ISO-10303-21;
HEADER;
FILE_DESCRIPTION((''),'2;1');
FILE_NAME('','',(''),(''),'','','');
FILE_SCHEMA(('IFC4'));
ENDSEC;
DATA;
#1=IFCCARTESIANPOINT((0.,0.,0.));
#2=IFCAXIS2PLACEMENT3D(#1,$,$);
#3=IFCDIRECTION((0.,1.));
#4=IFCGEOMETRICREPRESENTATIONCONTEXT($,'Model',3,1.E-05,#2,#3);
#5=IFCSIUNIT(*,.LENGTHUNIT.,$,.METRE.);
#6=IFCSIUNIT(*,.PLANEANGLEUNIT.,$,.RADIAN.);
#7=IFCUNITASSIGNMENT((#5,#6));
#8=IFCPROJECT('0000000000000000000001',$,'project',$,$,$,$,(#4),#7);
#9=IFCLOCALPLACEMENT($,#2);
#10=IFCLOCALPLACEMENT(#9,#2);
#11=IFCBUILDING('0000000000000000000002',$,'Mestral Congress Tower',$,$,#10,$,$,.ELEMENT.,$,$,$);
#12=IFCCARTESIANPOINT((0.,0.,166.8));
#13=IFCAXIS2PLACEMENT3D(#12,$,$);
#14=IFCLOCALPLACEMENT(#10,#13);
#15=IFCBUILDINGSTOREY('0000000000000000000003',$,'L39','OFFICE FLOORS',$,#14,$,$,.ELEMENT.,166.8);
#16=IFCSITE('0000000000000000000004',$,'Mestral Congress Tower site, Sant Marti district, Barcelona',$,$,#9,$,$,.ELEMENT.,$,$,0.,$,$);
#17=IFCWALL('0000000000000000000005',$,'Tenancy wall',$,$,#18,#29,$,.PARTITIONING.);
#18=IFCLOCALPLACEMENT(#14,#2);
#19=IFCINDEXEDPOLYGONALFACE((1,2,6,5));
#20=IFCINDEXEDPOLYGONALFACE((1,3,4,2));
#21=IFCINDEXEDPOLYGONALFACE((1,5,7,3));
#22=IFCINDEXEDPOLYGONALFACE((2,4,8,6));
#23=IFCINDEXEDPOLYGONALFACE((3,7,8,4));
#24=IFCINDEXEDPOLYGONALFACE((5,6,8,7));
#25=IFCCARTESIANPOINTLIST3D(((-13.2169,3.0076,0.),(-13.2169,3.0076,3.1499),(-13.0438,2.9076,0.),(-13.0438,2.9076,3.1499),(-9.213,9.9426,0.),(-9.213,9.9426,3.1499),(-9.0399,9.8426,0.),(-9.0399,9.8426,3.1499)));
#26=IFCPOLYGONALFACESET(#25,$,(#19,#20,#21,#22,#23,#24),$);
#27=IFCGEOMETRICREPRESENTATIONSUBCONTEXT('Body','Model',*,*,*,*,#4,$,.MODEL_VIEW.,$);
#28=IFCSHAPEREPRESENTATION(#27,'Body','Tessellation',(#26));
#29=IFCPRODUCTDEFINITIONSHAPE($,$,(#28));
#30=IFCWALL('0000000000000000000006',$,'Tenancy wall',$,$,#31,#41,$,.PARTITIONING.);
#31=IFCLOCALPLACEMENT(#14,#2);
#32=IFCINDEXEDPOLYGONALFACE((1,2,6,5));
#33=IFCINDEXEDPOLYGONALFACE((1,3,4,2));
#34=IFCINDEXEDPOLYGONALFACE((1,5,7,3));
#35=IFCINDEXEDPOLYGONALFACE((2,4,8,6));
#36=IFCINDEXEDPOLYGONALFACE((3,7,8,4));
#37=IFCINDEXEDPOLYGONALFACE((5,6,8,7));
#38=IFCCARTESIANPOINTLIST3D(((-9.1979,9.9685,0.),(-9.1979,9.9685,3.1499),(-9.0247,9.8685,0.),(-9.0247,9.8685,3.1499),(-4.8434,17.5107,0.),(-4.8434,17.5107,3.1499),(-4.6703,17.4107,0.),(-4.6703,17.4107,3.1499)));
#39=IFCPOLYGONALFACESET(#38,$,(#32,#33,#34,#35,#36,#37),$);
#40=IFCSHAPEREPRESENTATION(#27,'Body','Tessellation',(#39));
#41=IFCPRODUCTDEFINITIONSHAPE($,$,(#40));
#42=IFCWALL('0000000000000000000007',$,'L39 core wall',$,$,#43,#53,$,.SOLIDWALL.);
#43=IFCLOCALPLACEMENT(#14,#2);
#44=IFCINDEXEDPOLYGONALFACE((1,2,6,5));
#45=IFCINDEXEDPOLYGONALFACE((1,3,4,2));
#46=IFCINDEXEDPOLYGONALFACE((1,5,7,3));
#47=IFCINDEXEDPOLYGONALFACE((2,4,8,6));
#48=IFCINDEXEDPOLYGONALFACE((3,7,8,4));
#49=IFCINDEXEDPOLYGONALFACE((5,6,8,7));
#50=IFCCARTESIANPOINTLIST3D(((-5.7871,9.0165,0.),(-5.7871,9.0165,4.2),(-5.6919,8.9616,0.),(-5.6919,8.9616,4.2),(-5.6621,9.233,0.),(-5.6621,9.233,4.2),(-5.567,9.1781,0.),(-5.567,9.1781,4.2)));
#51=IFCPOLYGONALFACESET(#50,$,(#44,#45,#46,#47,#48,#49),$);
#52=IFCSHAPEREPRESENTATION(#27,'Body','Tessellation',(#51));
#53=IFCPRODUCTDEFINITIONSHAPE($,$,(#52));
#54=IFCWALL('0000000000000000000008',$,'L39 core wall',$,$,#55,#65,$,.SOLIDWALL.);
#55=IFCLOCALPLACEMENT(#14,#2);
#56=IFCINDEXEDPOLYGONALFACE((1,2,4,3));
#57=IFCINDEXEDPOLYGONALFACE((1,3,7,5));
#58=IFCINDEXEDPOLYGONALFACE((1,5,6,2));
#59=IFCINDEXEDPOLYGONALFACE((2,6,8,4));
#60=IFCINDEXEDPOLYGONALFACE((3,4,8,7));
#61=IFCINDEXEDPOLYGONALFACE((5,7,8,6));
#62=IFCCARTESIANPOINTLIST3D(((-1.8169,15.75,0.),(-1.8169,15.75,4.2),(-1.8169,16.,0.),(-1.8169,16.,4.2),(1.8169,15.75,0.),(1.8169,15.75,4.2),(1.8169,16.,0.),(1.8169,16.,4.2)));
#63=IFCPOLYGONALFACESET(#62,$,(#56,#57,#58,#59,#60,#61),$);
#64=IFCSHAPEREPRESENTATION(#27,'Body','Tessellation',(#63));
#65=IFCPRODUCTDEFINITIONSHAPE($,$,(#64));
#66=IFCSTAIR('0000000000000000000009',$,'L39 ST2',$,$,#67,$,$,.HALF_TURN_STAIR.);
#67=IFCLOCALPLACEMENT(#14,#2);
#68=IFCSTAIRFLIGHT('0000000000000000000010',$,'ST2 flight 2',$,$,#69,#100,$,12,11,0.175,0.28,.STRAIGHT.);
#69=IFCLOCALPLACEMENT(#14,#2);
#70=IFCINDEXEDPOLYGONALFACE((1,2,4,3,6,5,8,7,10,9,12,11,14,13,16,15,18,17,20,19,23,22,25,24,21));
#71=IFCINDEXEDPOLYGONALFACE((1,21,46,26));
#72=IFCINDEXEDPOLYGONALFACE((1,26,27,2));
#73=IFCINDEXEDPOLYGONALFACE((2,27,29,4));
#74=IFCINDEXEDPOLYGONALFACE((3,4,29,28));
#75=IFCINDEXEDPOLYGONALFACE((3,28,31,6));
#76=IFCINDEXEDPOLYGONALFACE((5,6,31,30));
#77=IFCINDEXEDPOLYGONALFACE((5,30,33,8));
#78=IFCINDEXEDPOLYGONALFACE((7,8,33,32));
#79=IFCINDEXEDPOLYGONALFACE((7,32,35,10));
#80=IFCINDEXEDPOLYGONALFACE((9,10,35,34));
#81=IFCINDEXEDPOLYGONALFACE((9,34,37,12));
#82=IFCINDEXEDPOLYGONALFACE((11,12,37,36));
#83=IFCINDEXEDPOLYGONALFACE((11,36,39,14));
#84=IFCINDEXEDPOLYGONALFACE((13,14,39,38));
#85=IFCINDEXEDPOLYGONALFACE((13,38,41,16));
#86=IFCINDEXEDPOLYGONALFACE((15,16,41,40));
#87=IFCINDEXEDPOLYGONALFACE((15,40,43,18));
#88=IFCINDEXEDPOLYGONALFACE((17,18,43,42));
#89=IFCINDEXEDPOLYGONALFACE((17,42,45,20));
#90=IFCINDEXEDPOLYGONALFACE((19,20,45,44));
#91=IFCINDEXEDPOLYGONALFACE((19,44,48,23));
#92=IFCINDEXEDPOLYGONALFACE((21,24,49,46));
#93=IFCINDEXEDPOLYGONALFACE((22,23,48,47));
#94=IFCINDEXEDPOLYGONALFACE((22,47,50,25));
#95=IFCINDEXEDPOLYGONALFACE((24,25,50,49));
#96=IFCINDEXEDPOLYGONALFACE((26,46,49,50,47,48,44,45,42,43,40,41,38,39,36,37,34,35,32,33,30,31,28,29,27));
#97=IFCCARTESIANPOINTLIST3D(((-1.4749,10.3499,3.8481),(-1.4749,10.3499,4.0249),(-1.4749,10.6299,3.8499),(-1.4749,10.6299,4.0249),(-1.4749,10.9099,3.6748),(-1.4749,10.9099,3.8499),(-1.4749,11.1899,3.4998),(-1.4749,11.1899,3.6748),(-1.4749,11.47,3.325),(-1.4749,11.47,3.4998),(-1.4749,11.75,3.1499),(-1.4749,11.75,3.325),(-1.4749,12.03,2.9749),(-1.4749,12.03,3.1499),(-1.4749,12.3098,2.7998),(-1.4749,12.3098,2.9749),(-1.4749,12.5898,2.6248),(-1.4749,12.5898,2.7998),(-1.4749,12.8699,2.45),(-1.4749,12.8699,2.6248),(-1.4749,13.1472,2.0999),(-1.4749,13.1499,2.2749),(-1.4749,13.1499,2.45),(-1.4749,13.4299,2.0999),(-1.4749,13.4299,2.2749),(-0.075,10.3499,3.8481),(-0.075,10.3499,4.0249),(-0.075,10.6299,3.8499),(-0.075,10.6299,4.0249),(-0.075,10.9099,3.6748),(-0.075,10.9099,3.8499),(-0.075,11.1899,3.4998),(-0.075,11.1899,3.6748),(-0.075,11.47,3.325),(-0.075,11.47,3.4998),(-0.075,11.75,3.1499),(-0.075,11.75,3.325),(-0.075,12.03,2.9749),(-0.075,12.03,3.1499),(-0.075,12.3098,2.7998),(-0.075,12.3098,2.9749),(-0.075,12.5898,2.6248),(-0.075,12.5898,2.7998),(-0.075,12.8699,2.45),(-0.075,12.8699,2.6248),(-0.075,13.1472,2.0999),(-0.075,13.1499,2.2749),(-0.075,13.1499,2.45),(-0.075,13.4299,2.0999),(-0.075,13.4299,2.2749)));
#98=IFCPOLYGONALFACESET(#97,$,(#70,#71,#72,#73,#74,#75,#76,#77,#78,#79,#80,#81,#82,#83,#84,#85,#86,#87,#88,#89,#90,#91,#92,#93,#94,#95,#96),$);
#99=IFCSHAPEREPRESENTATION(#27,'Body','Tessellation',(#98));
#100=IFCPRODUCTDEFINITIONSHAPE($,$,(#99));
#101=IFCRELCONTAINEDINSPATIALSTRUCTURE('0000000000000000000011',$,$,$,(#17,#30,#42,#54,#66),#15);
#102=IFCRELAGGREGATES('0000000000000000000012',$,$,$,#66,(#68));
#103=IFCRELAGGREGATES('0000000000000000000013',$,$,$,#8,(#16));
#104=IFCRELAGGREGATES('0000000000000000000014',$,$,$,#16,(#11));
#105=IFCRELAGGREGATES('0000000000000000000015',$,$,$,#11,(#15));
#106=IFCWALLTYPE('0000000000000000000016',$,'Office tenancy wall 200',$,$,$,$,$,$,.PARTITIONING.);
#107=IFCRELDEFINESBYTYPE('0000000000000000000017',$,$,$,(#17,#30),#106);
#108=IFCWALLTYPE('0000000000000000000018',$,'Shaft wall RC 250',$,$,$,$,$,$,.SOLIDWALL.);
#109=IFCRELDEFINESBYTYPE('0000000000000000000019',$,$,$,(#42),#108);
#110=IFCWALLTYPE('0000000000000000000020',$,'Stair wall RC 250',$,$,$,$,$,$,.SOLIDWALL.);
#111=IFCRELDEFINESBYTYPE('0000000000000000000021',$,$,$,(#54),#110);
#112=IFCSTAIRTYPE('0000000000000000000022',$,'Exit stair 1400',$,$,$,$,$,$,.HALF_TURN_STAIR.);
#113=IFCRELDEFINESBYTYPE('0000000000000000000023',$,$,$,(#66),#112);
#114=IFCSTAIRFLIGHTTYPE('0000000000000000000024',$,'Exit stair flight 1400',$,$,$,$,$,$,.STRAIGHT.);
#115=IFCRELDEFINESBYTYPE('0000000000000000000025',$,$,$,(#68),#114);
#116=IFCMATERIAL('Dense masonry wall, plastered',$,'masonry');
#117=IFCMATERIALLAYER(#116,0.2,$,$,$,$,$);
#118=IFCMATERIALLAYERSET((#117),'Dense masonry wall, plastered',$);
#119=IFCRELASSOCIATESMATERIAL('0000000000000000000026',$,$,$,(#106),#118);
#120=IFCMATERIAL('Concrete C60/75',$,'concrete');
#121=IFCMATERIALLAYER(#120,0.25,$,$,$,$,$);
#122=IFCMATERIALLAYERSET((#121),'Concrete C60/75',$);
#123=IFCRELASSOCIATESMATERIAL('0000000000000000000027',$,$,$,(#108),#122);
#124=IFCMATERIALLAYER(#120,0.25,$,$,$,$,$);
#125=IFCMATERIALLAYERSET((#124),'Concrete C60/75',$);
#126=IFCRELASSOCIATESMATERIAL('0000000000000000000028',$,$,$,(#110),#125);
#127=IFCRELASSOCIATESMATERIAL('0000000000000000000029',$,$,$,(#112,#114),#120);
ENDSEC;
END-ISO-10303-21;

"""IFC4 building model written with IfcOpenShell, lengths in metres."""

from ifc_helpers import new_model, si_unit, direction, frame, frame_2d, origin, place, context, subcontext, project, spatial, polyline, rectangle, outline, extrude, material, layer, layer_set, type_object, element, aggregate, save


model = new_model("IFC4")

# Units and contexts
model_context = context("Model", 3, precision=1e-05, world=origin(), true_north=direction((0.0, 1.0)))
body_context = subcontext(model_context, "Body", "Model", "MODEL_VIEW")
ifc_project = project(units=[si_unit("LENGTHUNIT", "METRE"), si_unit("PLANEANGLEUNIT", "RADIAN")], contexts=[model_context])

# Site, building, storey
site_placement = place(None, origin())
site = spatial("IfcSite", under=ifc_project, at=site_placement, Name="Mestral Congress Tower site, Sant Marti district, Barcelona", CompositionType="ELEMENT", RefElevation=0.0)
building_placement = place(site_placement, origin())
building = spatial("IfcBuilding", under=site, at=building_placement, Name="Mestral Congress Tower", CompositionType="ELEMENT")
storey_placement = place(building_placement, frame((0.0, 0.0, 166.8)))
storey = spatial("IfcBuildingStorey", under=building, at=storey_placement, Name="L39", Description="OFFICE FLOORS", CompositionType="ELEMENT", Elevation=166.8)

# Shared definitions
ifc_material_1 = material(Name="Concrete C60/75", Category="concrete")

# Walls
ifc_material_2 = material(Name="Dense masonry wall, plastered", Category="masonry")
ifc_layer_1 = layer(ifc_material_2, 0.2)
ifc_layer_set_1 = layer_set([ifc_layer_1], Name="Dense masonry wall, plastered")
wall_type_1 = type_object("IfcWallType", Name="Office tenancy wall 200", PredefinedType="PARTITIONING", material=ifc_layer_set_1)
wall_1_placement = place(storey_placement, frame((-9.1265, 9.8926, 0.0), z_axis=(0.0, 0.0, 1.0), x_axis=(-0.499995, -0.866028, 0.0)))
element("IfcWall", 1, at=wall_1_placement, inside=storey, type_object=wall_type_1, Name="Tenancy wall", PredefinedType="PARTITIONING", context=body_context, shape_type="SweptSolid", body=[
    extrude(rectangle(XDim=8.0078, YDim=0.2, at=frame_2d((4.0039, 0.0))), origin(), (0.0, 0.0, 1.0), 3.1499),
])
wall_2_placement = place(storey_placement, frame((-4.7568, 17.4607, 0.0), z_axis=(0.0, 0.0, 1.0), x_axis=(-0.499998, -0.866026, 0.0)))
element("IfcWall", 2, at=wall_2_placement, inside=storey, type_object=wall_type_1, Name="Tenancy wall", PredefinedType="PARTITIONING", context=body_context, shape_type="SweptSolid", body=[
    extrude(rectangle(XDim=8.709, YDim=0.2, at=frame_2d((4.3545, 0.0))), origin(), (0.0, 0.0, 1.0), 3.1499),
])
ifc_layer_2 = layer(ifc_material_1, 0.25)
ifc_layer_set_2 = layer_set([ifc_layer_2], Name="Concrete C60/75")
wall_type_2 = type_object("IfcWallType", Name="Shaft wall RC 250", PredefinedType="SOLIDWALL", material=ifc_layer_set_2)
wall_3_placement = place(storey_placement, frame((-5.7246, 9.1248, 0.0), z_axis=(0.0, 0.0, 1.0), x_axis=(0.866186, -0.499722, 0.0)))
element("IfcWall", 3, at=wall_3_placement, inside=storey, type_object=wall_type_2, Name="L39 core wall", PredefinedType="SOLIDWALL", context=body_context, shape_type="SweptSolid", body=[
    extrude(rectangle(XDim=0.1099, YDim=0.25, at=frame_2d((0.0549, 0.0))), origin(), (0.0, 0.0, 1.0), 4.2),
])
ifc_layer_3 = layer(ifc_material_1, 0.25)
ifc_layer_set_3 = layer_set([ifc_layer_3], Name="Concrete C60/75")
wall_type_3 = type_object("IfcWallType", Name="Stair wall RC 250", PredefinedType="SOLIDWALL", material=ifc_layer_set_3)
wall_4_placement = place(storey_placement, frame((-1.8169, 15.875, 0.0), z_axis=(0.0, 0.0, 1.0), x_axis=(1.0, 0.0, 0.0)))
element("IfcWall", 4, at=wall_4_placement, inside=storey, type_object=wall_type_3, Name="L39 core wall", PredefinedType="SOLIDWALL", context=body_context, shape_type="SweptSolid", body=[
    extrude(rectangle(XDim=3.6338, YDim=0.25, at=frame_2d((1.8169, 0.0))), origin(), (0.0, 0.0, 1.0), 4.2),
])

# Stair, stair flight
stair_type = type_object("IfcStairType", Name="Exit stair 1400", PredefinedType="HALF_TURN_STAIR", material=ifc_material_1)
stair_placement = place(storey_placement, origin())
stair = element("IfcStair", 5, at=stair_placement, inside=storey, type_object=stair_type, Name="L39 ST2", PredefinedType="HALF_TURN_STAIR")
stair_flight_type = type_object("IfcStairFlightType", Name="Exit stair flight 1400", PredefinedType="STRAIGHT", material=ifc_material_1)
stair_flight_placement = place(storey_placement, frame((-0.7749, 13.4299, 2.0999), z_axis=(0.0, 0.0, 1.0), x_axis=(0.0, -1.0, 0.0)))
stair_flight = element("IfcStairFlight", 6, at=stair_flight_placement, type_object=stair_flight_type, Name="ST2 flight 2", NumberOfRisers=12, NumberOfTreads=11, PredefinedType="STRAIGHT", RiserHeight=0.175, TreadLength=0.28, context=body_context, shape_type="SweptSolid", body=[
    extrude(outline(polyline([(0.0, 0.0), (0.0, 0.175), (0.28, 0.175), (0.28, 0.3501), (0.5601, 0.3501), (0.5601, 0.5249), (0.8401, 0.5249), (0.8401, 0.7), (1.1201, 0.7), (1.1201, 0.875), (1.3999, 0.875), (1.3999, 1.05), (1.6799, 1.05), (1.6799, 1.2251), (1.96, 1.2251), (1.96, 1.3999), (2.24, 1.3999), (2.24, 1.575), (2.52, 1.575), (2.52, 1.75), (2.8, 1.75), (2.8, 1.925), (3.0801, 1.925), (3.0801, 2.1001), (3.0801, 1.7483), (0.2827, 0.0), (0.0, 0.0)])), frame((0.0, 0.7, 0.0), z_axis=(0.0, -1.0, 0.0), x_axis=(1.0, 0.0, 0.0)), (0.0, 0.0, 1.0), 1.3999),
])
aggregate(stair, [stair_flight])

save(model, "model.ifc")
